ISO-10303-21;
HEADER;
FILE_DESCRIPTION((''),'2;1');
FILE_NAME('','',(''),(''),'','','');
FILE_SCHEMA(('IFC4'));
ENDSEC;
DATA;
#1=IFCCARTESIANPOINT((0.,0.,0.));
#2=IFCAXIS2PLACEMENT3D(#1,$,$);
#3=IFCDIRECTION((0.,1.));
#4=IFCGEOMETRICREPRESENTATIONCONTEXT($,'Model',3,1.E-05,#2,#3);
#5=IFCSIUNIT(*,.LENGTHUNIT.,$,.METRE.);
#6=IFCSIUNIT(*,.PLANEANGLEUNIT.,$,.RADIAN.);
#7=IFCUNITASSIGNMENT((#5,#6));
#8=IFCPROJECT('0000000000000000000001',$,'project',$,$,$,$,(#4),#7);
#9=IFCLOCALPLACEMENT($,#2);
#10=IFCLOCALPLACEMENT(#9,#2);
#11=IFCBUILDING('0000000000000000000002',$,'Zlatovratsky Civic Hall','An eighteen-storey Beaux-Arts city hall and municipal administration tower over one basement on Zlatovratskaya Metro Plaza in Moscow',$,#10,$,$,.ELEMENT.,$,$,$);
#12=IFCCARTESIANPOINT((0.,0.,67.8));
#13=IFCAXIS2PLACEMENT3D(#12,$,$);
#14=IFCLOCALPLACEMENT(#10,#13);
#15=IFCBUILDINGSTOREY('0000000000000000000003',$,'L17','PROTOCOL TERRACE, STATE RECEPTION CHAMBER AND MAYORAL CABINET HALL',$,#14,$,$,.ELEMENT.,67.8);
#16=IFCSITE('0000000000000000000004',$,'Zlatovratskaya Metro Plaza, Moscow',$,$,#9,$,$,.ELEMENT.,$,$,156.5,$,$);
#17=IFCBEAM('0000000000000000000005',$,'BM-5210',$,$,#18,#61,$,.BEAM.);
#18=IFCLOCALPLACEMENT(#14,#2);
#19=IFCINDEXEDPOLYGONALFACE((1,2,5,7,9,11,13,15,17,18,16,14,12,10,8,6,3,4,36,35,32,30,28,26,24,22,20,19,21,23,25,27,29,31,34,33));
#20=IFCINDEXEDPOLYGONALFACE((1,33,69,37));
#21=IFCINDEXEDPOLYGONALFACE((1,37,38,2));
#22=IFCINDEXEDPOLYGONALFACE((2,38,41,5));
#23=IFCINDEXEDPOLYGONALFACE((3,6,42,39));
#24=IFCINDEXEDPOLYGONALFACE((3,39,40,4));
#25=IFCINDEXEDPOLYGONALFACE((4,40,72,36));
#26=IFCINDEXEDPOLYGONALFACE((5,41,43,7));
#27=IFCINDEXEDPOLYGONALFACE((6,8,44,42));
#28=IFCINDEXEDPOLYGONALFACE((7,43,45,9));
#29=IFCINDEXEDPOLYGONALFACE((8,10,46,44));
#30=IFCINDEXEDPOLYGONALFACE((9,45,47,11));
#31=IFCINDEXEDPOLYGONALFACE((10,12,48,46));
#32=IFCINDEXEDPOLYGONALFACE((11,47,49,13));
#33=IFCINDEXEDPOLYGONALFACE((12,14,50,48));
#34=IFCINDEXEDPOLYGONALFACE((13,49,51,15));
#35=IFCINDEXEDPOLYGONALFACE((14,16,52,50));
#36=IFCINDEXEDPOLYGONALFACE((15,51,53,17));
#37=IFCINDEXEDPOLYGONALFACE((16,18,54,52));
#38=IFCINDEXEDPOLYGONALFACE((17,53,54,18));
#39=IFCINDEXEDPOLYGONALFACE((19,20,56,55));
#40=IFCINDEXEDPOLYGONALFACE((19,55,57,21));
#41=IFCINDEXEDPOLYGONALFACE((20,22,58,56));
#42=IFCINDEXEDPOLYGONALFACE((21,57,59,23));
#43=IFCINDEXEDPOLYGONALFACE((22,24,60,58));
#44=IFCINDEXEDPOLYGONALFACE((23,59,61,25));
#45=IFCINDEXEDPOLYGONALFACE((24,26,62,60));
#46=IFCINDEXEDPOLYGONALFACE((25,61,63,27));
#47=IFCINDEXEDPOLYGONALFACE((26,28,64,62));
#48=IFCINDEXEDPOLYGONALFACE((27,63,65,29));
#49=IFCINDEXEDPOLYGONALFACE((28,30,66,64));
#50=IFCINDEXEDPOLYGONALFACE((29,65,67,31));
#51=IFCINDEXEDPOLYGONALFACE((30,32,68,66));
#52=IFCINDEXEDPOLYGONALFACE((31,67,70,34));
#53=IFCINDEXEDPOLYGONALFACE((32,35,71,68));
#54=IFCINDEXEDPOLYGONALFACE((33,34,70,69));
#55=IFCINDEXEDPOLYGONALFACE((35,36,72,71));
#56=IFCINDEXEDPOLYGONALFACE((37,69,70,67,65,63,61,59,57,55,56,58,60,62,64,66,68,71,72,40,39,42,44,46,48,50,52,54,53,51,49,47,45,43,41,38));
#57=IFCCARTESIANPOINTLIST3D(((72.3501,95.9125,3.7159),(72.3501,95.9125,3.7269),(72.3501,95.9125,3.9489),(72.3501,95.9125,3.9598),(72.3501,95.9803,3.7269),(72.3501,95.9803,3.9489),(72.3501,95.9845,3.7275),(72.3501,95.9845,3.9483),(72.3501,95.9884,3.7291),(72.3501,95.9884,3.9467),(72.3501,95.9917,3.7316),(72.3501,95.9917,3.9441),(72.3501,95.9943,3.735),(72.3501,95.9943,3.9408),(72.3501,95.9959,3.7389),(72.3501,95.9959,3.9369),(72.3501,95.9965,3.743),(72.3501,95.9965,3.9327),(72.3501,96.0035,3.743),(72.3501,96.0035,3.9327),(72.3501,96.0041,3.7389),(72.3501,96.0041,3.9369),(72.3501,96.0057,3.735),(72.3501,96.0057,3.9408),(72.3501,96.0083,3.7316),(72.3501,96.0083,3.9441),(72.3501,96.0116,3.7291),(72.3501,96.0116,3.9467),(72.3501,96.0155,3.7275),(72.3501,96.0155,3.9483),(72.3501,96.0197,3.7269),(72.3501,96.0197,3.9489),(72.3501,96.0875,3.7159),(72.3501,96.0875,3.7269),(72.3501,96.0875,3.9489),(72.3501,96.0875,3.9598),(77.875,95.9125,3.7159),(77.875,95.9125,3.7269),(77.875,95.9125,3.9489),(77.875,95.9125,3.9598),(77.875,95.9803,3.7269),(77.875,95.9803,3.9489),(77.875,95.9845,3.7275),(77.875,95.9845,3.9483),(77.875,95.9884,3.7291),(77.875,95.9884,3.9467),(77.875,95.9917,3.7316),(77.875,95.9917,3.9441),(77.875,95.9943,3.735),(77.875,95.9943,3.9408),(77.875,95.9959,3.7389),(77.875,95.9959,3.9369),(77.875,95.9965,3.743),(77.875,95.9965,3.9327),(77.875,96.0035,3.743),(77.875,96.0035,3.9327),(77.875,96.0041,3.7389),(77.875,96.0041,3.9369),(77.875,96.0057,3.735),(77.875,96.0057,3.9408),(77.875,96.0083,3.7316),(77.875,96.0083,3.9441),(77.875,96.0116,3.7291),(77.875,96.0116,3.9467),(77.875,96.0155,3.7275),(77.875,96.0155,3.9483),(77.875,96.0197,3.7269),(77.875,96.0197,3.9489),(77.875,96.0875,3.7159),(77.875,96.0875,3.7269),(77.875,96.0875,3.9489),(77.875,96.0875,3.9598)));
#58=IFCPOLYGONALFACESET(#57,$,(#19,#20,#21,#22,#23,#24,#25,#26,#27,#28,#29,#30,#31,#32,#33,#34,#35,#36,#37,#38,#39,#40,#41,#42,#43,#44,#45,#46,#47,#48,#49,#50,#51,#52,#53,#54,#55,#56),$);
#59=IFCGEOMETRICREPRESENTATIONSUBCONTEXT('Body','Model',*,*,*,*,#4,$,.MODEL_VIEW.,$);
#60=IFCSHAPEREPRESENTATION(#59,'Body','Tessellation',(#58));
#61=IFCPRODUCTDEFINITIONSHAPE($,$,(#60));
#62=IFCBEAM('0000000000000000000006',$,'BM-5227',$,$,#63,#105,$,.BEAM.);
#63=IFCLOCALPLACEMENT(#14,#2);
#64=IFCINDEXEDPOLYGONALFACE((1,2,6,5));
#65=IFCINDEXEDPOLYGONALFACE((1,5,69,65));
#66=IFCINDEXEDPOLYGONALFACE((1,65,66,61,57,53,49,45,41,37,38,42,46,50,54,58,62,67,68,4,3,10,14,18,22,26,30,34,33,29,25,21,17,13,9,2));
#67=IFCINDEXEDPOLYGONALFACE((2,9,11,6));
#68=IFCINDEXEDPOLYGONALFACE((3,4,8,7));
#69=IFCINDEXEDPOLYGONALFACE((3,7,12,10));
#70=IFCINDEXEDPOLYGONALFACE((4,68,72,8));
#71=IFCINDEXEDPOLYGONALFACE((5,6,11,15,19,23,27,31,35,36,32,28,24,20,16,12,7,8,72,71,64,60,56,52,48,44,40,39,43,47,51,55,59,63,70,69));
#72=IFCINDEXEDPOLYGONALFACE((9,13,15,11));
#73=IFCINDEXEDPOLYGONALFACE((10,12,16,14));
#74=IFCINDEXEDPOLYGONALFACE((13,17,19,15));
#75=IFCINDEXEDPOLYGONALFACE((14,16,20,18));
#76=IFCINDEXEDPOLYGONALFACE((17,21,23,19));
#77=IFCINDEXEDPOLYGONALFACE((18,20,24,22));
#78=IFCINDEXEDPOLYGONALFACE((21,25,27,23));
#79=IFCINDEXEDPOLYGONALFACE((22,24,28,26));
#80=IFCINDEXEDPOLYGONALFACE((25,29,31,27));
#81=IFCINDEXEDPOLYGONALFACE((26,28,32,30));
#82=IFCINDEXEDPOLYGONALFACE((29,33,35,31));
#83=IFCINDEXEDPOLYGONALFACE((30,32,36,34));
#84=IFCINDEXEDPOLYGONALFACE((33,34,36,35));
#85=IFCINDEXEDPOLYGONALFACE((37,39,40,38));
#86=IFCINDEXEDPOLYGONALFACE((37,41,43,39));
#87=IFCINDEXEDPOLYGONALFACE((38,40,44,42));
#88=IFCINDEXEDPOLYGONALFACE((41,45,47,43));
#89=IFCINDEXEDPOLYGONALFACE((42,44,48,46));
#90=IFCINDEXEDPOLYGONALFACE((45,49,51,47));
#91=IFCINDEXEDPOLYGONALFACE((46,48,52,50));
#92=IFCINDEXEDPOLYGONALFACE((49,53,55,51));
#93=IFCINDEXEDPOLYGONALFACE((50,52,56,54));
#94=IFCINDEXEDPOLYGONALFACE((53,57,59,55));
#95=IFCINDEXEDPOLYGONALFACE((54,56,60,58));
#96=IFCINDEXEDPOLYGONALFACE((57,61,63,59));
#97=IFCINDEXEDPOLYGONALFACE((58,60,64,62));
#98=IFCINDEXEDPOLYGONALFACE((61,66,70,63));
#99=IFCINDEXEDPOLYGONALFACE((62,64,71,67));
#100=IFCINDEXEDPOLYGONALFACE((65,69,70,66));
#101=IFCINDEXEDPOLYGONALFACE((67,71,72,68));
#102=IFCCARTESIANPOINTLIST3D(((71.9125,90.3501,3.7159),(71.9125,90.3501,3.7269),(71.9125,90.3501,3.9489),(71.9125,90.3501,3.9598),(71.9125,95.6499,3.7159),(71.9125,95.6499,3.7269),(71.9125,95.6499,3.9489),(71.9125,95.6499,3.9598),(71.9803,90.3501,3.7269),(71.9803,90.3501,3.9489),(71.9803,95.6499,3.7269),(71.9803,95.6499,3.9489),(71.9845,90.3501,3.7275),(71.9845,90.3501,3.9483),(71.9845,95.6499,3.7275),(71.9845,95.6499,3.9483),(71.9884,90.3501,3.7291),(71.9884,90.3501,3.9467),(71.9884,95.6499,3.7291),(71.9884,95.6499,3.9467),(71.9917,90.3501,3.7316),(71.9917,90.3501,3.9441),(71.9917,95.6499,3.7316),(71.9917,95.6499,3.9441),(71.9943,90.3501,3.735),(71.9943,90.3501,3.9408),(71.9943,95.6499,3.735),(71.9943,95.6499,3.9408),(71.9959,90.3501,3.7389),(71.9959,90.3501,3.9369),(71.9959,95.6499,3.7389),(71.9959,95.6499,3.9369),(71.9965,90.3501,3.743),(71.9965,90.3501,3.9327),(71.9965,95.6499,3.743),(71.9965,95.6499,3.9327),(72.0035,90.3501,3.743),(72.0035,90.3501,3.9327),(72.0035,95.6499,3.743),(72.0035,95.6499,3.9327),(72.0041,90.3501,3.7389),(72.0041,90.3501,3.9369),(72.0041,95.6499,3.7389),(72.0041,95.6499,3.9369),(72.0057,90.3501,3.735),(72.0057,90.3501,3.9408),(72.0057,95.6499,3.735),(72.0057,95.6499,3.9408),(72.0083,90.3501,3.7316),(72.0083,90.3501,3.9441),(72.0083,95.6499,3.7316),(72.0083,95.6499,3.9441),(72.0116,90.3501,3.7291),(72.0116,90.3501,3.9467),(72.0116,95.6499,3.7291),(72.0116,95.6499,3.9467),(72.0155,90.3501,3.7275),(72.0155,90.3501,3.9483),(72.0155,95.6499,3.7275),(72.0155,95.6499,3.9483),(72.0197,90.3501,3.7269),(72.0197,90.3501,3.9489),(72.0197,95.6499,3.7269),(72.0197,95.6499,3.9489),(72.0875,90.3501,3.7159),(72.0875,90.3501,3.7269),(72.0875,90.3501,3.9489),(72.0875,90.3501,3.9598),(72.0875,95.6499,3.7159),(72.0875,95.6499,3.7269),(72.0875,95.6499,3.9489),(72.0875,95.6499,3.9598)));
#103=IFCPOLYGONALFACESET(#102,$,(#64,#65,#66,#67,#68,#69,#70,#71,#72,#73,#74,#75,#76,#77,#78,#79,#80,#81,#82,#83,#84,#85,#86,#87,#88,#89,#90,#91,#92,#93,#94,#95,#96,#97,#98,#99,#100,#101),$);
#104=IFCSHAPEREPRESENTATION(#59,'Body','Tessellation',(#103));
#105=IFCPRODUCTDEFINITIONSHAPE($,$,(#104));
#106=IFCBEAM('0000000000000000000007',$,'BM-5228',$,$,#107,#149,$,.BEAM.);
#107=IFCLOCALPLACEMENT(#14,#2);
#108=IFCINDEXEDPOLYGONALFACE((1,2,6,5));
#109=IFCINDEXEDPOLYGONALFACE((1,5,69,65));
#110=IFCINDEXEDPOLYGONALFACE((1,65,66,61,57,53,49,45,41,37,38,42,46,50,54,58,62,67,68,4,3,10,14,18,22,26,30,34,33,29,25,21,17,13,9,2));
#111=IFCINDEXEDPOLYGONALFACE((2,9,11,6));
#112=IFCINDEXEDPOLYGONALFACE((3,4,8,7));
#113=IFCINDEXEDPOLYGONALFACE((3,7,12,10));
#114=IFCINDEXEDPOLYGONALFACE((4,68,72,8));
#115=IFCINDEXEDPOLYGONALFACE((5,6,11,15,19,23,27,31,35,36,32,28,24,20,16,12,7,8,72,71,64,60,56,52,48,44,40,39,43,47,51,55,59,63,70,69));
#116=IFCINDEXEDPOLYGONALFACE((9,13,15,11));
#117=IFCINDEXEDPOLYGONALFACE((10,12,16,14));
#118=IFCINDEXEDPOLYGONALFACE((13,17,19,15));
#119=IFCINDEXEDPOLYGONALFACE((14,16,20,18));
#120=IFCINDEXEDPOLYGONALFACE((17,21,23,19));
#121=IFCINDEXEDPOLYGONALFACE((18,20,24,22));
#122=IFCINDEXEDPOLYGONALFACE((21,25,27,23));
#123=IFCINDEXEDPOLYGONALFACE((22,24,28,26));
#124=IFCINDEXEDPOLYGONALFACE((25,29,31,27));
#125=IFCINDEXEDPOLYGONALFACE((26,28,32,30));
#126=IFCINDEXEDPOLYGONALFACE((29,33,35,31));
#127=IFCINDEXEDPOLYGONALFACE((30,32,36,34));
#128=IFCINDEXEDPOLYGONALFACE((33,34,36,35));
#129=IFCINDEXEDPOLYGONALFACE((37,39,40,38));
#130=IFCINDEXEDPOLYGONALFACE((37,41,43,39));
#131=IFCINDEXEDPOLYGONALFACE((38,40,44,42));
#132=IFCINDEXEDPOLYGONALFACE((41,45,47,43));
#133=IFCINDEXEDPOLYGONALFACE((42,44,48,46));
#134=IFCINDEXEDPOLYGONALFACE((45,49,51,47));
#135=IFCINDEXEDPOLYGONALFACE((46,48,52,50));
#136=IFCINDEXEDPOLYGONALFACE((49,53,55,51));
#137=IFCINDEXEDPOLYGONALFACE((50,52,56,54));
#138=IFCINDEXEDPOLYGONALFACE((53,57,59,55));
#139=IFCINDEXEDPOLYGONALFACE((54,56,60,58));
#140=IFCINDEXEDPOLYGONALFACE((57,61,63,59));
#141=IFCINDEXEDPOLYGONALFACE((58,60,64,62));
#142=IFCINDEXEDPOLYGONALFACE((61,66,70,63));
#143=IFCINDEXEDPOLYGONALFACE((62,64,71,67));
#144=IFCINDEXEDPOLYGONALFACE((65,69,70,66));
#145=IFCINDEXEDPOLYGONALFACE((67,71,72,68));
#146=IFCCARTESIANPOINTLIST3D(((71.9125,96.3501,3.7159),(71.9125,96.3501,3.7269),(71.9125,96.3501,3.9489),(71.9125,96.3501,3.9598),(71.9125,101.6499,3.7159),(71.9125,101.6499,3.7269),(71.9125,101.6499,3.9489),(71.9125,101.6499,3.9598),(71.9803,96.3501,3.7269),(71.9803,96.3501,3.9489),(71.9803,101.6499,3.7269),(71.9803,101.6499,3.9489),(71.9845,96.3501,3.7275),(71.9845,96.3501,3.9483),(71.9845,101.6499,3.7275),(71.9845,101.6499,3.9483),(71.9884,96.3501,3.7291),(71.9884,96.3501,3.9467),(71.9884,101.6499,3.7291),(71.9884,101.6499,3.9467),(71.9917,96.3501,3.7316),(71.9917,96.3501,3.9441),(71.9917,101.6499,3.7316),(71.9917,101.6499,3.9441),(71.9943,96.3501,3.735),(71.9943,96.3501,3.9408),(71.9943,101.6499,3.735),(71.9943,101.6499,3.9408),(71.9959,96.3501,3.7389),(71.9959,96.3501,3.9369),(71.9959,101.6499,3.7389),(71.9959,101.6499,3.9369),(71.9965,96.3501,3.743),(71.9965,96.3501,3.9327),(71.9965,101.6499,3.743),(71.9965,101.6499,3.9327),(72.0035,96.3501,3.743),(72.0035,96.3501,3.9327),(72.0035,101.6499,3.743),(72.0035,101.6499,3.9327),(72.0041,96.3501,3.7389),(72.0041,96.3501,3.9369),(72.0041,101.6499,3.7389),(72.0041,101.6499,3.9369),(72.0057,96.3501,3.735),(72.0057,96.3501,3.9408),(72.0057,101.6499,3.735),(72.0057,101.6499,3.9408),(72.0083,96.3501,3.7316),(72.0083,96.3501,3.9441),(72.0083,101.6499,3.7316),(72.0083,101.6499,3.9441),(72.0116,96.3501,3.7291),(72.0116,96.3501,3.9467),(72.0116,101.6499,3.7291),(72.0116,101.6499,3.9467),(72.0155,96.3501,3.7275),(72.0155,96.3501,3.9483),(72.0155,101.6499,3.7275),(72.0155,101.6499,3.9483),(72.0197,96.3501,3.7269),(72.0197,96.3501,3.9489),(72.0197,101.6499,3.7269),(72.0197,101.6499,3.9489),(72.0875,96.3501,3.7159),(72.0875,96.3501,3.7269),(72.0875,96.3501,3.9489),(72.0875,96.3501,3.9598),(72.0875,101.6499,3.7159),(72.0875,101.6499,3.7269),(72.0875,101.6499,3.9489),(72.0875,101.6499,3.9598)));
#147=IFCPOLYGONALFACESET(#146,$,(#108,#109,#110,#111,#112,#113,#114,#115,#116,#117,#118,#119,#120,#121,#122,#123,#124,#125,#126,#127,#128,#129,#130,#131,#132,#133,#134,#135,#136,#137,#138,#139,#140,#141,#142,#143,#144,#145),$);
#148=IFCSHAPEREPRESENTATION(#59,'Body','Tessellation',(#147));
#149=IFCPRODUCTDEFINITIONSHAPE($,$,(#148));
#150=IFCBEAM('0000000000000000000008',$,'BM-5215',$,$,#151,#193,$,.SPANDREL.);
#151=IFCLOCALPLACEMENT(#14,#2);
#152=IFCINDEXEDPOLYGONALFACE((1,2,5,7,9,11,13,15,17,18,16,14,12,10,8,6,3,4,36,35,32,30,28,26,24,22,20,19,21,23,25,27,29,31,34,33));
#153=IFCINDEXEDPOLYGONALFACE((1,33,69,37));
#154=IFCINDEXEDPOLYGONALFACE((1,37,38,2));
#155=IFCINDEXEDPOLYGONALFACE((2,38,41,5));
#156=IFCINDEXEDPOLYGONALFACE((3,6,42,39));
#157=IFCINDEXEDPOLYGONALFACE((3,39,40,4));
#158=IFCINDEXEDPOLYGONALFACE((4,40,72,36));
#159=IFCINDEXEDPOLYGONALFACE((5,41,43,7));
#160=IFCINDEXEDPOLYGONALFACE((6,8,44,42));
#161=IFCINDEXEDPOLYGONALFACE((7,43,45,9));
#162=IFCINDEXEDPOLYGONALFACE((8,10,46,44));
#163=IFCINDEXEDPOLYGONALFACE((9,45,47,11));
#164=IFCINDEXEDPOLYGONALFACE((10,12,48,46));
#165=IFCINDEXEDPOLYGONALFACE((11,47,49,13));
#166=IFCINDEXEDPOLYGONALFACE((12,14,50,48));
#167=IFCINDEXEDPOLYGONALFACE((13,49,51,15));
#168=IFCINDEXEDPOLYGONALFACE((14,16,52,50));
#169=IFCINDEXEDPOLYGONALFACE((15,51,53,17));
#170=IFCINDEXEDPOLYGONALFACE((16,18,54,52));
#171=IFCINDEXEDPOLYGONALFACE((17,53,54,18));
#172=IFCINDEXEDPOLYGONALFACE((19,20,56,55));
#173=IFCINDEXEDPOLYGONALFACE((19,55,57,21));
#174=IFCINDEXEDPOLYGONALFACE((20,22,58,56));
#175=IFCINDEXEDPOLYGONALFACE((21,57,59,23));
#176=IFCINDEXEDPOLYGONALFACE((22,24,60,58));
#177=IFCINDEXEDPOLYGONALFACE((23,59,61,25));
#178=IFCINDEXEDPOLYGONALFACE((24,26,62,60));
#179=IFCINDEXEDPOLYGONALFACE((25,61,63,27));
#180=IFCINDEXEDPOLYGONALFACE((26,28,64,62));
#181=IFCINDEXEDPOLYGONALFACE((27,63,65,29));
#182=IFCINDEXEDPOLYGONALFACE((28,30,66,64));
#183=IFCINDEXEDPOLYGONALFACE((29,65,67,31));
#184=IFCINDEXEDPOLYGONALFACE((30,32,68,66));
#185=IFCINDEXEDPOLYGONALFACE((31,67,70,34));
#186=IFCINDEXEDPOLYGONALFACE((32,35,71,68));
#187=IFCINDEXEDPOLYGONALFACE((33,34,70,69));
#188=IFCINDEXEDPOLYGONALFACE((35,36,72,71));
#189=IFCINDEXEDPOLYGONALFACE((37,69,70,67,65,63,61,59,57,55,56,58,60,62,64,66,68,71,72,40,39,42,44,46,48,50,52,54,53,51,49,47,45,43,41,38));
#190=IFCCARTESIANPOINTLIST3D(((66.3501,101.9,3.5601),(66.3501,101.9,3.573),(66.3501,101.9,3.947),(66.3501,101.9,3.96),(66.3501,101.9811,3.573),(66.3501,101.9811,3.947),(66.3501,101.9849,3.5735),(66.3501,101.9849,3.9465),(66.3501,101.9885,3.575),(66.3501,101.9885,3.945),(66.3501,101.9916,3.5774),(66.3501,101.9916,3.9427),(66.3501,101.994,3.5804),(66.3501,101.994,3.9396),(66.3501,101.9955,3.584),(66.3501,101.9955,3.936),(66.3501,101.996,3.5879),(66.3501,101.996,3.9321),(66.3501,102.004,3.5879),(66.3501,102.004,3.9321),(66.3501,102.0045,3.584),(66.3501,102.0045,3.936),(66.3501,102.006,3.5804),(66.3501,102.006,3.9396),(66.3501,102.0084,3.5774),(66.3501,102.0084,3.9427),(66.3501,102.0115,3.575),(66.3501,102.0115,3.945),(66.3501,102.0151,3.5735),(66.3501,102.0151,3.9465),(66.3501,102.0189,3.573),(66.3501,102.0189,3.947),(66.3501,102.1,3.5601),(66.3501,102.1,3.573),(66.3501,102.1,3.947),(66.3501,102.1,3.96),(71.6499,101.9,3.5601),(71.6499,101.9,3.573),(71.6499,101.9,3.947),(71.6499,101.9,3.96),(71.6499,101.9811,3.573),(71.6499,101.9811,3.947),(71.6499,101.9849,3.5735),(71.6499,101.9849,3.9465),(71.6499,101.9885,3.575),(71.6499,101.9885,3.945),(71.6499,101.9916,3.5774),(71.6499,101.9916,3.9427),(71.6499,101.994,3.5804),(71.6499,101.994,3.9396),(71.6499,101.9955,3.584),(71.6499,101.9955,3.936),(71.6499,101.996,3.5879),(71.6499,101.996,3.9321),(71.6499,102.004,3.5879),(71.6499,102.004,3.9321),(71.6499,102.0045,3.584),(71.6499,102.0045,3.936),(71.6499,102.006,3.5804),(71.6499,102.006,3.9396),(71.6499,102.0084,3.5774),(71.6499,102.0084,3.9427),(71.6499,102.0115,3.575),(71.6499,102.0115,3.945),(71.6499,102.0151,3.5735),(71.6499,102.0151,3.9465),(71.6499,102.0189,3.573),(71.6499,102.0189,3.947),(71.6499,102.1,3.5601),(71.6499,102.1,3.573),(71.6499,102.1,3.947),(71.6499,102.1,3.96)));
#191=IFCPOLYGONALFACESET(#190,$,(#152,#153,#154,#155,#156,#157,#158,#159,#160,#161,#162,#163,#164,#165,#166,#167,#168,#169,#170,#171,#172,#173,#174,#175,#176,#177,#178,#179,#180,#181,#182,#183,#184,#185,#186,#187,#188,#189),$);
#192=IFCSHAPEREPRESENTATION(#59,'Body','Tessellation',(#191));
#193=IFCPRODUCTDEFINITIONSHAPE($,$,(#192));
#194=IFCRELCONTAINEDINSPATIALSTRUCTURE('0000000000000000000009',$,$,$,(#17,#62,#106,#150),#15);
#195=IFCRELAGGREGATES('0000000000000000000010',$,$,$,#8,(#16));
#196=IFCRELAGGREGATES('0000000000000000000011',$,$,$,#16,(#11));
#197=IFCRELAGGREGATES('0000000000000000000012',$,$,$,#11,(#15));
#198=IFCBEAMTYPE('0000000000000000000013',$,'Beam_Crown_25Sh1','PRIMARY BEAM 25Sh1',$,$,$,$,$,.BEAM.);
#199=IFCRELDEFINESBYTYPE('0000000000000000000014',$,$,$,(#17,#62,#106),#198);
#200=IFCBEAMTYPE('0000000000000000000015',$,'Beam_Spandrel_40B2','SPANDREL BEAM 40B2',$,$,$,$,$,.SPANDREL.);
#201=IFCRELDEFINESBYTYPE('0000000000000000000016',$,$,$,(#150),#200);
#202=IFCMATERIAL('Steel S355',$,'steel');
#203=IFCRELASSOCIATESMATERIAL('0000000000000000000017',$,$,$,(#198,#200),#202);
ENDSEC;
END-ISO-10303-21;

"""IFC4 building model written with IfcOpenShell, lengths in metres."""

from ifc_helpers import new_model, si_unit, direction, frame, origin, origin_2d, place, context, subcontext, project, spatial, i_section, extrude, material, material_profile, profile_set, type_object, element, save


model = new_model("IFC4")

# Units and contexts
model_context = context("Model", 3, precision=1e-05, world=origin(), true_north=direction((0.0, 1.0)))
body_context = subcontext(model_context, "Body", "Model", "MODEL_VIEW")
ifc_project = project(units=[si_unit("LENGTHUNIT", "METRE"), si_unit("PLANEANGLEUNIT", "RADIAN")], contexts=[model_context])

# Site, building, storey
site_placement = place(None, origin())
site = spatial("IfcSite", under=ifc_project, at=site_placement, Name="Zlatovratskaya Metro Plaza, Moscow", CompositionType="ELEMENT", RefElevation=156.5)
building_placement = place(site_placement, origin())
building = spatial("IfcBuilding", under=site, at=building_placement, Name="Zlatovratsky Civic Hall", Description="An eighteen-storey Beaux-Arts city hall and municipal administration tower over one basement on Zlatovratskaya Metro Plaza in Moscow", CompositionType="ELEMENT")
storey_placement = place(building_placement, frame((0.0, 0.0, 67.8)))
storey = spatial("IfcBuildingStorey", under=building, at=storey_placement, Name="L17", Description="PROTOCOL TERRACE, STATE RECEPTION CHAMBER AND MAYORAL CABINET HALL", CompositionType="ELEMENT", Elevation=67.8)

# Beams
ifc_material_1 = material(Name="Steel S355", Category="steel")
ifc_material_profile_1 = material_profile(ifc_material_1, i_section(OverallWidth=0.175, OverallDepth=0.2439, WebThickness=0.0071, FlangeThickness=0.011, FilletRadius=0.0161, at=origin_2d()), Name="25Sh1")
ifc_profile_set_1 = profile_set([ifc_material_profile_1], Name="Steel S355")
beam_type_1 = type_object("IfcBeamType", Name="Beam_Crown_25Sh1", Description="PRIMARY BEAM 25Sh1", PredefinedType="BEAM", material=ifc_profile_set_1)
beam_placement = place(storey_placement, frame((72.3501, 96.0, 3.8379), z_axis=(1.0, 0.0, 0.0), x_axis=(0.0, 1.0, 0.0)))
element("IfcBeam", 1, at=beam_placement, inside=storey, type_object=beam_type_1, Name="BM-5210", PredefinedType="BEAM", context=body_context, shape_type="SweptSolid", body=[
    extrude(i_section(OverallWidth=0.175, OverallDepth=0.2439, WebThickness=0.0071, FlangeThickness=0.011, FilletRadius=0.0161, at=origin_2d()), origin(), (0.0, 0.0, 1.0), 5.5249),
])
for number, where, z_axis, x_axis, name in (
    (2, (72.0, 90.3501, 3.8379), (0.0, 1.0, 0.0), (-1.0, 0.0, 0.0), "BM-5227"),
    (3, (72.0, 96.3501, 3.8379), (0.0, 1.0, 0.0), (-1.0, 0.0, 0.0), "BM-5228"),
):
    element("IfcBeam", number, at=place(storey_placement, frame(where, z_axis=z_axis, x_axis=x_axis)), inside=storey, type_object=beam_type_1, Name=name, PredefinedType="BEAM", context=body_context, shape_type="SweptSolid", body=[
        extrude(i_section(OverallWidth=0.175, OverallDepth=0.2439, WebThickness=0.0071, FlangeThickness=0.011, FilletRadius=0.0161, at=origin_2d()), origin(), (0.0, 0.0, 1.0), 5.2998),
    ])
ifc_material_profile_2 = material_profile(ifc_material_1, i_section(OverallWidth=0.2, OverallDepth=0.3999, WebThickness=0.0081, FlangeThickness=0.0129, FilletRadius=0.0149, at=origin_2d()), Name="40B2")
ifc_profile_set_2 = profile_set([ifc_material_profile_2], Name="Steel S355")
beam_type_2 = type_object("IfcBeamType", Name="Beam_Spandrel_40B2", Description="SPANDREL BEAM 40B2", PredefinedType="SPANDREL", material=ifc_profile_set_2)
for number, where, z_axis, x_axis, name in (
    (4, (66.3501, 102.0, 3.76), (1.0, 0.0, 0.0), (0.0, 1.0, 0.0), "BM-5215"),
):
    element("IfcBeam", number, at=place(storey_placement, frame(where, z_axis=z_axis, x_axis=x_axis)), inside=storey, type_object=beam_type_2, Name=name, PredefinedType="SPANDREL", context=body_context, shape_type="SweptSolid", body=[
        extrude(i_section(OverallWidth=0.2, OverallDepth=0.3999, WebThickness=0.0081, FlangeThickness=0.0129, FilletRadius=0.0149, at=origin_2d()), origin(), (0.0, 0.0, 1.0), 5.2998),
    ])

save(model, "model.ifc")
